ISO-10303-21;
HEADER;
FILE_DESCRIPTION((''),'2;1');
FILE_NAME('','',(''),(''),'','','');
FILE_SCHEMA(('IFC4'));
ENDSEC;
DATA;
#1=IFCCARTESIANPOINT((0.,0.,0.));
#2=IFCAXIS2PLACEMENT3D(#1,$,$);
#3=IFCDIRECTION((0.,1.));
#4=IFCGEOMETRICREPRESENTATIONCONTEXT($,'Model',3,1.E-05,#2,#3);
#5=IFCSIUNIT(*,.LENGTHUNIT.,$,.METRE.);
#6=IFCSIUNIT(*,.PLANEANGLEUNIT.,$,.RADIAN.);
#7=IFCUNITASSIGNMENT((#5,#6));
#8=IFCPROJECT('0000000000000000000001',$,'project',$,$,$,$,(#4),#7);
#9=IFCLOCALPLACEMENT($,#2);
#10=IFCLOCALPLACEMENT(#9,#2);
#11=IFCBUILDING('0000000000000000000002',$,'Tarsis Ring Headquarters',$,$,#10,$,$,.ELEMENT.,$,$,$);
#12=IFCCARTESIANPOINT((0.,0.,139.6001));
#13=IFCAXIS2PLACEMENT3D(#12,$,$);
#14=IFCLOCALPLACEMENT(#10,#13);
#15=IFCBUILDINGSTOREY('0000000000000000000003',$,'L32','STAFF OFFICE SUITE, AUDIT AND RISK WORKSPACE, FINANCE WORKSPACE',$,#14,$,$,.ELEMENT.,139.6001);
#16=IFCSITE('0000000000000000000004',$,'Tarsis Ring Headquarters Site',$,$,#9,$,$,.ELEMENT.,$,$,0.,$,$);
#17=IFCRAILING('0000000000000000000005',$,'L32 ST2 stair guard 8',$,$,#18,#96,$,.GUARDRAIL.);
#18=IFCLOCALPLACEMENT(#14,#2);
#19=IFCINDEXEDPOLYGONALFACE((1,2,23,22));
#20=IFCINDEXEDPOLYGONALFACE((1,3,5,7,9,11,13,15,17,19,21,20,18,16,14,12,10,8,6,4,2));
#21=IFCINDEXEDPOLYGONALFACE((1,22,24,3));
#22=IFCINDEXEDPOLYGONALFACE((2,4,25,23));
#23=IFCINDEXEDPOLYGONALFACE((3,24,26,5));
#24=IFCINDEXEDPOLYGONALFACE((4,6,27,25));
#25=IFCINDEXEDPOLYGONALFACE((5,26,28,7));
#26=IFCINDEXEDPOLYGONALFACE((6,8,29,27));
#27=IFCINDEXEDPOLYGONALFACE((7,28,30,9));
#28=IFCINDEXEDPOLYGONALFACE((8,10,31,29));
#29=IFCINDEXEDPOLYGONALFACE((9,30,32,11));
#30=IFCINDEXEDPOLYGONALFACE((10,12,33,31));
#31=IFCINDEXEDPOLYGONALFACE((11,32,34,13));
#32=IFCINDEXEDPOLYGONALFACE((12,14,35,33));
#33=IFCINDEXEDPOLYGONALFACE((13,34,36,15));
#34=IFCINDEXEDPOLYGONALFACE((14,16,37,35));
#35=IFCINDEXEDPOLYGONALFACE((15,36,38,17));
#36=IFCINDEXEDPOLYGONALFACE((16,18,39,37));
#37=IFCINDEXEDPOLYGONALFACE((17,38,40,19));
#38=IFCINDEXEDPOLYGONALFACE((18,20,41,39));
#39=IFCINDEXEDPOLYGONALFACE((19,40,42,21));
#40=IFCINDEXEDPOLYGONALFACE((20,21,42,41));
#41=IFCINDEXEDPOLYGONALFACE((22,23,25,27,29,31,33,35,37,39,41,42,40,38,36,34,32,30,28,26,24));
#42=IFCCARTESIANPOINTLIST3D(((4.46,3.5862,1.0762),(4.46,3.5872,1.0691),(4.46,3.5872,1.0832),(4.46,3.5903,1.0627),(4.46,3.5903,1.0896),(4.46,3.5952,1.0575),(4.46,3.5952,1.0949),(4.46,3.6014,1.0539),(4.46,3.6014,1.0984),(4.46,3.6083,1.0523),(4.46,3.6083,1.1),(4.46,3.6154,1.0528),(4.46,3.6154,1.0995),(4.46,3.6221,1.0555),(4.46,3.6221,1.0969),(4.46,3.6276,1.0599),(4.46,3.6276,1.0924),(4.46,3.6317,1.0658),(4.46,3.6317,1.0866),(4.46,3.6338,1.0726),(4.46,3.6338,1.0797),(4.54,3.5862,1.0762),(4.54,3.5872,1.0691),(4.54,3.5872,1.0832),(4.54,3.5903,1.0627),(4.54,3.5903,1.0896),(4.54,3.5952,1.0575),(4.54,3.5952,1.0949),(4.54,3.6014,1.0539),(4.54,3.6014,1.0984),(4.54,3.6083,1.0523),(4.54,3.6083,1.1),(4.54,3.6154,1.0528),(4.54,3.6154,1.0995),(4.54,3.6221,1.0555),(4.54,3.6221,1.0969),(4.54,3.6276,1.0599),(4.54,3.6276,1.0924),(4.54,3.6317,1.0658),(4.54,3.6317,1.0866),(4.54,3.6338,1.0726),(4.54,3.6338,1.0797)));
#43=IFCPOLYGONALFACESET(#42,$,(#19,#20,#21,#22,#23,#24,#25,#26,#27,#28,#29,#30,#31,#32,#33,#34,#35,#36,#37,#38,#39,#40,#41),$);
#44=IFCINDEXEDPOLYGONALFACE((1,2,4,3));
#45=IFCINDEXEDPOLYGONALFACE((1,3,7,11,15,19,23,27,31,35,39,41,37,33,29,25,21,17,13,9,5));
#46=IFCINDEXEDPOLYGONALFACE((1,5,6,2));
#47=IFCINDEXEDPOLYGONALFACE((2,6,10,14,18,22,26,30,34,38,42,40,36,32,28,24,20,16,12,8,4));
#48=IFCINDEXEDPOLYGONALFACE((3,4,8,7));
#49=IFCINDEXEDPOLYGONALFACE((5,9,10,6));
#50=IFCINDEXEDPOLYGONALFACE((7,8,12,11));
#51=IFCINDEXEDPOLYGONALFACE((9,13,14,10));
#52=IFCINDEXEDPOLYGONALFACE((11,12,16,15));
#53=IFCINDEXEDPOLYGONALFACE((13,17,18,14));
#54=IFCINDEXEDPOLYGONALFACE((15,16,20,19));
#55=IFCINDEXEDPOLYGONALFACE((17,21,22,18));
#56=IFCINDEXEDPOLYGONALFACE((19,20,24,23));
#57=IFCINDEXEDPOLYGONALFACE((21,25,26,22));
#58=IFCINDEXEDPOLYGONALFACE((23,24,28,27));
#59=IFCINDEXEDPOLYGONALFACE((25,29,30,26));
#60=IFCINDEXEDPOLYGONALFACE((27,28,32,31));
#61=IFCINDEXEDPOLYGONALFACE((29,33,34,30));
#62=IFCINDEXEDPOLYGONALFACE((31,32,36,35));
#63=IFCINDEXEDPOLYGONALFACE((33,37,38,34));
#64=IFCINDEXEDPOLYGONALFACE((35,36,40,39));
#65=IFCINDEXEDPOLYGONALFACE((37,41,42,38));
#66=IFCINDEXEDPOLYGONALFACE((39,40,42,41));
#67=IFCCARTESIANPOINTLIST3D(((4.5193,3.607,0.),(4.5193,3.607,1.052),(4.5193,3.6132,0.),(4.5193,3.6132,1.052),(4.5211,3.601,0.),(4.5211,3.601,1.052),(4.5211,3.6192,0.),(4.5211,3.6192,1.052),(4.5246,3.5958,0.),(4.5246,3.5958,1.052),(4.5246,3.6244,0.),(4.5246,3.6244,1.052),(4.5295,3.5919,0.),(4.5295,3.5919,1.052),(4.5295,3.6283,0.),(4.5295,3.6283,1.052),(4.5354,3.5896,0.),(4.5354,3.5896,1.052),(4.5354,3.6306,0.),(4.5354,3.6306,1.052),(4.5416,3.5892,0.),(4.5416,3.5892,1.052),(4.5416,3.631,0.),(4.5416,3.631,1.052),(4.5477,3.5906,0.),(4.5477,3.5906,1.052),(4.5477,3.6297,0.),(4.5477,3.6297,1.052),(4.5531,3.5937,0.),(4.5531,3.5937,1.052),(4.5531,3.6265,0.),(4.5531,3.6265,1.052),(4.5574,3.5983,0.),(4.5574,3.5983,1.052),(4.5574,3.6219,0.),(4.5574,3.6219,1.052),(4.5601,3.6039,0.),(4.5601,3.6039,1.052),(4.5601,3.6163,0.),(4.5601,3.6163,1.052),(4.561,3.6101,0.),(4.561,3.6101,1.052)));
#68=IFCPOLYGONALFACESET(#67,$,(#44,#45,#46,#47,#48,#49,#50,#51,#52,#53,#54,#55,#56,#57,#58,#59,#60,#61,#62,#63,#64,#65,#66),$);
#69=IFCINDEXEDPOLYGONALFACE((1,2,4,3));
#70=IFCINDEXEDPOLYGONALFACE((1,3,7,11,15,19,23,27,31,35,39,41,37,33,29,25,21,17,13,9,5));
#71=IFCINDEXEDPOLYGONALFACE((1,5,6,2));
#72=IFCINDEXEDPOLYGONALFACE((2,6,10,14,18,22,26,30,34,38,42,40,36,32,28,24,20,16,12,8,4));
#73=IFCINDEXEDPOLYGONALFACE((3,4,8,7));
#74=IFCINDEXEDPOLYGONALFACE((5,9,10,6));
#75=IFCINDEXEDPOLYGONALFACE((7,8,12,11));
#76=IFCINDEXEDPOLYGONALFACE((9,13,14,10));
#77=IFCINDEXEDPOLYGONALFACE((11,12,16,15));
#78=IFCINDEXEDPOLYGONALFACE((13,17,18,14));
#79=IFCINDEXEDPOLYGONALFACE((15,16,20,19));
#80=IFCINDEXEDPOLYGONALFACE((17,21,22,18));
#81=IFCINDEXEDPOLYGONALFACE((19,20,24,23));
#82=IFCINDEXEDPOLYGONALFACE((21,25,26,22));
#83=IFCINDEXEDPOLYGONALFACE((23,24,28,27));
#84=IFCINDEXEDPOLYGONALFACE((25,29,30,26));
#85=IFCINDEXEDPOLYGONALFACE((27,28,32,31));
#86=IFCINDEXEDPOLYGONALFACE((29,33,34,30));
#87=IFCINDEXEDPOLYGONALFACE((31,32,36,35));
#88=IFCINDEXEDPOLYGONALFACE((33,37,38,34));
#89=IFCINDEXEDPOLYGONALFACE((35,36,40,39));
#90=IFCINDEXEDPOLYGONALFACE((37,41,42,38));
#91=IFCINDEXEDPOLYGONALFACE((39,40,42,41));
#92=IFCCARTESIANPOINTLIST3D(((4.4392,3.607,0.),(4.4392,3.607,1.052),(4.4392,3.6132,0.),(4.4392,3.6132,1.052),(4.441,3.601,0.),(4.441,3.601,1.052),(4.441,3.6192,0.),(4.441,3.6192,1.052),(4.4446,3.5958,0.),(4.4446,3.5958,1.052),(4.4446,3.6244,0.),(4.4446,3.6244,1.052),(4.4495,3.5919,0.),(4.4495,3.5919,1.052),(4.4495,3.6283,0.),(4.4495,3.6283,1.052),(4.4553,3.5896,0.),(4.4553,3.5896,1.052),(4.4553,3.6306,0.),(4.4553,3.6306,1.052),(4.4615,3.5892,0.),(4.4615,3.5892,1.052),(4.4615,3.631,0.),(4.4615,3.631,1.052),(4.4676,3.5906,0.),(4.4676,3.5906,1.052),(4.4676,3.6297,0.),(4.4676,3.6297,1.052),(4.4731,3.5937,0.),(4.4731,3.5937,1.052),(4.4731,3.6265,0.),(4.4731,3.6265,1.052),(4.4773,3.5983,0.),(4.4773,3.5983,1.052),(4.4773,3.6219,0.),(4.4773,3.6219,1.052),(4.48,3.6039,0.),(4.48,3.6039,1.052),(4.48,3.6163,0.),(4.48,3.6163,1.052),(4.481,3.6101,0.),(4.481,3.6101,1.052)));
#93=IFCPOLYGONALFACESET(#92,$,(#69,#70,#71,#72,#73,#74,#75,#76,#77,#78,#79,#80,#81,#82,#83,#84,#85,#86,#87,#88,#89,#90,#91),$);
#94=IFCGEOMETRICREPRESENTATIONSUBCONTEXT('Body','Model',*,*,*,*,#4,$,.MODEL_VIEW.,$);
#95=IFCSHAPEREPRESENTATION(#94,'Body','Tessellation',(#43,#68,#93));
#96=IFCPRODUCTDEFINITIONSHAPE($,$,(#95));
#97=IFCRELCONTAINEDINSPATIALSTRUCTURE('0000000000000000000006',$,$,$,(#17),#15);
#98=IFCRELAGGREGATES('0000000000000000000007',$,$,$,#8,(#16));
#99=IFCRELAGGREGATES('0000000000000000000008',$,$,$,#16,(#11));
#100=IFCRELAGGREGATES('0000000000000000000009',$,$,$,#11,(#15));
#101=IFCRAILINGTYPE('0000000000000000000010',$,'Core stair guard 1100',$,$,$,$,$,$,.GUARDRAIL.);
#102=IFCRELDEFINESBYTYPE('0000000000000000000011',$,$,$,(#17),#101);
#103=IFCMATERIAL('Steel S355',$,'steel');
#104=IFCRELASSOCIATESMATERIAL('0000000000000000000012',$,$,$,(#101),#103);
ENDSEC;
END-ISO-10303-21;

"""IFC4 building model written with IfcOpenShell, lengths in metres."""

from ifc_helpers import new_model, si_unit, direction, frame, origin, origin_2d, place, context, subcontext, project, spatial, circle, extrude, material, type_object, element, save


model = new_model("IFC4")

# Units and contexts
model_context = context("Model", 3, precision=1e-05, world=origin(), true_north=direction((0.0, 1.0)))
body_context = subcontext(model_context, "Body", "Model", "MODEL_VIEW")
ifc_project = project(units=[si_unit("LENGTHUNIT", "METRE"), si_unit("PLANEANGLEUNIT", "RADIAN")], contexts=[model_context])

# Site, building, storey
site_placement = place(None, origin())
site = spatial("IfcSite", under=ifc_project, at=site_placement, Name="Tarsis Ring Headquarters Site", CompositionType="ELEMENT", RefElevation=0.0)
building_placement = place(site_placement, origin())
building = spatial("IfcBuilding", under=site, at=building_placement, Name="Tarsis Ring Headquarters", CompositionType="ELEMENT")
storey_placement = place(building_placement, frame((0.0, 0.0, 139.6001)))
storey = spatial("IfcBuildingStorey", under=building, at=storey_placement, Name="L32", Description="STAFF OFFICE SUITE, AUDIT AND RISK WORKSPACE, FINANCE WORKSPACE", CompositionType="ELEMENT", Elevation=139.6001)

# Shared definitions
ifc_material_1 = material(Name="Steel S355", Category="steel")

# Railing
railing_type_1 = type_object("IfcRailingType", Name="Core stair guard 1100", PredefinedType="GUARDRAIL", material=ifc_material_1)
railing_1_placement = place(storey_placement, frame((4.54, 3.6101, 0.0)))
element("IfcRailing", 1, at=railing_1_placement, inside=storey, type_object=railing_type_1, Name="L32 ST2 stair guard 8", PredefinedType="GUARDRAIL", context=body_context, shape_type="SweptSolid", body=[
    extrude(circle(Radius=0.0239, at=origin_2d()), frame((0.0, 0.0, 1.0762), z_axis=(-1.0, 0.0, 0.0), x_axis=(0.0, -1.0, 0.0)), (0.0, 0.0, 1.0), 0.0801),
    extrude(circle(Radius=0.021, at=origin_2d()), origin(), (0.0, 0.0, 1.0), 1.052),
    extrude(circle(Radius=0.021, at=origin_2d()), frame((-0.0801, 0.0, 0.0)), (0.0, 0.0, 1.0), 1.052),
])

save(model, "model.ifc")
